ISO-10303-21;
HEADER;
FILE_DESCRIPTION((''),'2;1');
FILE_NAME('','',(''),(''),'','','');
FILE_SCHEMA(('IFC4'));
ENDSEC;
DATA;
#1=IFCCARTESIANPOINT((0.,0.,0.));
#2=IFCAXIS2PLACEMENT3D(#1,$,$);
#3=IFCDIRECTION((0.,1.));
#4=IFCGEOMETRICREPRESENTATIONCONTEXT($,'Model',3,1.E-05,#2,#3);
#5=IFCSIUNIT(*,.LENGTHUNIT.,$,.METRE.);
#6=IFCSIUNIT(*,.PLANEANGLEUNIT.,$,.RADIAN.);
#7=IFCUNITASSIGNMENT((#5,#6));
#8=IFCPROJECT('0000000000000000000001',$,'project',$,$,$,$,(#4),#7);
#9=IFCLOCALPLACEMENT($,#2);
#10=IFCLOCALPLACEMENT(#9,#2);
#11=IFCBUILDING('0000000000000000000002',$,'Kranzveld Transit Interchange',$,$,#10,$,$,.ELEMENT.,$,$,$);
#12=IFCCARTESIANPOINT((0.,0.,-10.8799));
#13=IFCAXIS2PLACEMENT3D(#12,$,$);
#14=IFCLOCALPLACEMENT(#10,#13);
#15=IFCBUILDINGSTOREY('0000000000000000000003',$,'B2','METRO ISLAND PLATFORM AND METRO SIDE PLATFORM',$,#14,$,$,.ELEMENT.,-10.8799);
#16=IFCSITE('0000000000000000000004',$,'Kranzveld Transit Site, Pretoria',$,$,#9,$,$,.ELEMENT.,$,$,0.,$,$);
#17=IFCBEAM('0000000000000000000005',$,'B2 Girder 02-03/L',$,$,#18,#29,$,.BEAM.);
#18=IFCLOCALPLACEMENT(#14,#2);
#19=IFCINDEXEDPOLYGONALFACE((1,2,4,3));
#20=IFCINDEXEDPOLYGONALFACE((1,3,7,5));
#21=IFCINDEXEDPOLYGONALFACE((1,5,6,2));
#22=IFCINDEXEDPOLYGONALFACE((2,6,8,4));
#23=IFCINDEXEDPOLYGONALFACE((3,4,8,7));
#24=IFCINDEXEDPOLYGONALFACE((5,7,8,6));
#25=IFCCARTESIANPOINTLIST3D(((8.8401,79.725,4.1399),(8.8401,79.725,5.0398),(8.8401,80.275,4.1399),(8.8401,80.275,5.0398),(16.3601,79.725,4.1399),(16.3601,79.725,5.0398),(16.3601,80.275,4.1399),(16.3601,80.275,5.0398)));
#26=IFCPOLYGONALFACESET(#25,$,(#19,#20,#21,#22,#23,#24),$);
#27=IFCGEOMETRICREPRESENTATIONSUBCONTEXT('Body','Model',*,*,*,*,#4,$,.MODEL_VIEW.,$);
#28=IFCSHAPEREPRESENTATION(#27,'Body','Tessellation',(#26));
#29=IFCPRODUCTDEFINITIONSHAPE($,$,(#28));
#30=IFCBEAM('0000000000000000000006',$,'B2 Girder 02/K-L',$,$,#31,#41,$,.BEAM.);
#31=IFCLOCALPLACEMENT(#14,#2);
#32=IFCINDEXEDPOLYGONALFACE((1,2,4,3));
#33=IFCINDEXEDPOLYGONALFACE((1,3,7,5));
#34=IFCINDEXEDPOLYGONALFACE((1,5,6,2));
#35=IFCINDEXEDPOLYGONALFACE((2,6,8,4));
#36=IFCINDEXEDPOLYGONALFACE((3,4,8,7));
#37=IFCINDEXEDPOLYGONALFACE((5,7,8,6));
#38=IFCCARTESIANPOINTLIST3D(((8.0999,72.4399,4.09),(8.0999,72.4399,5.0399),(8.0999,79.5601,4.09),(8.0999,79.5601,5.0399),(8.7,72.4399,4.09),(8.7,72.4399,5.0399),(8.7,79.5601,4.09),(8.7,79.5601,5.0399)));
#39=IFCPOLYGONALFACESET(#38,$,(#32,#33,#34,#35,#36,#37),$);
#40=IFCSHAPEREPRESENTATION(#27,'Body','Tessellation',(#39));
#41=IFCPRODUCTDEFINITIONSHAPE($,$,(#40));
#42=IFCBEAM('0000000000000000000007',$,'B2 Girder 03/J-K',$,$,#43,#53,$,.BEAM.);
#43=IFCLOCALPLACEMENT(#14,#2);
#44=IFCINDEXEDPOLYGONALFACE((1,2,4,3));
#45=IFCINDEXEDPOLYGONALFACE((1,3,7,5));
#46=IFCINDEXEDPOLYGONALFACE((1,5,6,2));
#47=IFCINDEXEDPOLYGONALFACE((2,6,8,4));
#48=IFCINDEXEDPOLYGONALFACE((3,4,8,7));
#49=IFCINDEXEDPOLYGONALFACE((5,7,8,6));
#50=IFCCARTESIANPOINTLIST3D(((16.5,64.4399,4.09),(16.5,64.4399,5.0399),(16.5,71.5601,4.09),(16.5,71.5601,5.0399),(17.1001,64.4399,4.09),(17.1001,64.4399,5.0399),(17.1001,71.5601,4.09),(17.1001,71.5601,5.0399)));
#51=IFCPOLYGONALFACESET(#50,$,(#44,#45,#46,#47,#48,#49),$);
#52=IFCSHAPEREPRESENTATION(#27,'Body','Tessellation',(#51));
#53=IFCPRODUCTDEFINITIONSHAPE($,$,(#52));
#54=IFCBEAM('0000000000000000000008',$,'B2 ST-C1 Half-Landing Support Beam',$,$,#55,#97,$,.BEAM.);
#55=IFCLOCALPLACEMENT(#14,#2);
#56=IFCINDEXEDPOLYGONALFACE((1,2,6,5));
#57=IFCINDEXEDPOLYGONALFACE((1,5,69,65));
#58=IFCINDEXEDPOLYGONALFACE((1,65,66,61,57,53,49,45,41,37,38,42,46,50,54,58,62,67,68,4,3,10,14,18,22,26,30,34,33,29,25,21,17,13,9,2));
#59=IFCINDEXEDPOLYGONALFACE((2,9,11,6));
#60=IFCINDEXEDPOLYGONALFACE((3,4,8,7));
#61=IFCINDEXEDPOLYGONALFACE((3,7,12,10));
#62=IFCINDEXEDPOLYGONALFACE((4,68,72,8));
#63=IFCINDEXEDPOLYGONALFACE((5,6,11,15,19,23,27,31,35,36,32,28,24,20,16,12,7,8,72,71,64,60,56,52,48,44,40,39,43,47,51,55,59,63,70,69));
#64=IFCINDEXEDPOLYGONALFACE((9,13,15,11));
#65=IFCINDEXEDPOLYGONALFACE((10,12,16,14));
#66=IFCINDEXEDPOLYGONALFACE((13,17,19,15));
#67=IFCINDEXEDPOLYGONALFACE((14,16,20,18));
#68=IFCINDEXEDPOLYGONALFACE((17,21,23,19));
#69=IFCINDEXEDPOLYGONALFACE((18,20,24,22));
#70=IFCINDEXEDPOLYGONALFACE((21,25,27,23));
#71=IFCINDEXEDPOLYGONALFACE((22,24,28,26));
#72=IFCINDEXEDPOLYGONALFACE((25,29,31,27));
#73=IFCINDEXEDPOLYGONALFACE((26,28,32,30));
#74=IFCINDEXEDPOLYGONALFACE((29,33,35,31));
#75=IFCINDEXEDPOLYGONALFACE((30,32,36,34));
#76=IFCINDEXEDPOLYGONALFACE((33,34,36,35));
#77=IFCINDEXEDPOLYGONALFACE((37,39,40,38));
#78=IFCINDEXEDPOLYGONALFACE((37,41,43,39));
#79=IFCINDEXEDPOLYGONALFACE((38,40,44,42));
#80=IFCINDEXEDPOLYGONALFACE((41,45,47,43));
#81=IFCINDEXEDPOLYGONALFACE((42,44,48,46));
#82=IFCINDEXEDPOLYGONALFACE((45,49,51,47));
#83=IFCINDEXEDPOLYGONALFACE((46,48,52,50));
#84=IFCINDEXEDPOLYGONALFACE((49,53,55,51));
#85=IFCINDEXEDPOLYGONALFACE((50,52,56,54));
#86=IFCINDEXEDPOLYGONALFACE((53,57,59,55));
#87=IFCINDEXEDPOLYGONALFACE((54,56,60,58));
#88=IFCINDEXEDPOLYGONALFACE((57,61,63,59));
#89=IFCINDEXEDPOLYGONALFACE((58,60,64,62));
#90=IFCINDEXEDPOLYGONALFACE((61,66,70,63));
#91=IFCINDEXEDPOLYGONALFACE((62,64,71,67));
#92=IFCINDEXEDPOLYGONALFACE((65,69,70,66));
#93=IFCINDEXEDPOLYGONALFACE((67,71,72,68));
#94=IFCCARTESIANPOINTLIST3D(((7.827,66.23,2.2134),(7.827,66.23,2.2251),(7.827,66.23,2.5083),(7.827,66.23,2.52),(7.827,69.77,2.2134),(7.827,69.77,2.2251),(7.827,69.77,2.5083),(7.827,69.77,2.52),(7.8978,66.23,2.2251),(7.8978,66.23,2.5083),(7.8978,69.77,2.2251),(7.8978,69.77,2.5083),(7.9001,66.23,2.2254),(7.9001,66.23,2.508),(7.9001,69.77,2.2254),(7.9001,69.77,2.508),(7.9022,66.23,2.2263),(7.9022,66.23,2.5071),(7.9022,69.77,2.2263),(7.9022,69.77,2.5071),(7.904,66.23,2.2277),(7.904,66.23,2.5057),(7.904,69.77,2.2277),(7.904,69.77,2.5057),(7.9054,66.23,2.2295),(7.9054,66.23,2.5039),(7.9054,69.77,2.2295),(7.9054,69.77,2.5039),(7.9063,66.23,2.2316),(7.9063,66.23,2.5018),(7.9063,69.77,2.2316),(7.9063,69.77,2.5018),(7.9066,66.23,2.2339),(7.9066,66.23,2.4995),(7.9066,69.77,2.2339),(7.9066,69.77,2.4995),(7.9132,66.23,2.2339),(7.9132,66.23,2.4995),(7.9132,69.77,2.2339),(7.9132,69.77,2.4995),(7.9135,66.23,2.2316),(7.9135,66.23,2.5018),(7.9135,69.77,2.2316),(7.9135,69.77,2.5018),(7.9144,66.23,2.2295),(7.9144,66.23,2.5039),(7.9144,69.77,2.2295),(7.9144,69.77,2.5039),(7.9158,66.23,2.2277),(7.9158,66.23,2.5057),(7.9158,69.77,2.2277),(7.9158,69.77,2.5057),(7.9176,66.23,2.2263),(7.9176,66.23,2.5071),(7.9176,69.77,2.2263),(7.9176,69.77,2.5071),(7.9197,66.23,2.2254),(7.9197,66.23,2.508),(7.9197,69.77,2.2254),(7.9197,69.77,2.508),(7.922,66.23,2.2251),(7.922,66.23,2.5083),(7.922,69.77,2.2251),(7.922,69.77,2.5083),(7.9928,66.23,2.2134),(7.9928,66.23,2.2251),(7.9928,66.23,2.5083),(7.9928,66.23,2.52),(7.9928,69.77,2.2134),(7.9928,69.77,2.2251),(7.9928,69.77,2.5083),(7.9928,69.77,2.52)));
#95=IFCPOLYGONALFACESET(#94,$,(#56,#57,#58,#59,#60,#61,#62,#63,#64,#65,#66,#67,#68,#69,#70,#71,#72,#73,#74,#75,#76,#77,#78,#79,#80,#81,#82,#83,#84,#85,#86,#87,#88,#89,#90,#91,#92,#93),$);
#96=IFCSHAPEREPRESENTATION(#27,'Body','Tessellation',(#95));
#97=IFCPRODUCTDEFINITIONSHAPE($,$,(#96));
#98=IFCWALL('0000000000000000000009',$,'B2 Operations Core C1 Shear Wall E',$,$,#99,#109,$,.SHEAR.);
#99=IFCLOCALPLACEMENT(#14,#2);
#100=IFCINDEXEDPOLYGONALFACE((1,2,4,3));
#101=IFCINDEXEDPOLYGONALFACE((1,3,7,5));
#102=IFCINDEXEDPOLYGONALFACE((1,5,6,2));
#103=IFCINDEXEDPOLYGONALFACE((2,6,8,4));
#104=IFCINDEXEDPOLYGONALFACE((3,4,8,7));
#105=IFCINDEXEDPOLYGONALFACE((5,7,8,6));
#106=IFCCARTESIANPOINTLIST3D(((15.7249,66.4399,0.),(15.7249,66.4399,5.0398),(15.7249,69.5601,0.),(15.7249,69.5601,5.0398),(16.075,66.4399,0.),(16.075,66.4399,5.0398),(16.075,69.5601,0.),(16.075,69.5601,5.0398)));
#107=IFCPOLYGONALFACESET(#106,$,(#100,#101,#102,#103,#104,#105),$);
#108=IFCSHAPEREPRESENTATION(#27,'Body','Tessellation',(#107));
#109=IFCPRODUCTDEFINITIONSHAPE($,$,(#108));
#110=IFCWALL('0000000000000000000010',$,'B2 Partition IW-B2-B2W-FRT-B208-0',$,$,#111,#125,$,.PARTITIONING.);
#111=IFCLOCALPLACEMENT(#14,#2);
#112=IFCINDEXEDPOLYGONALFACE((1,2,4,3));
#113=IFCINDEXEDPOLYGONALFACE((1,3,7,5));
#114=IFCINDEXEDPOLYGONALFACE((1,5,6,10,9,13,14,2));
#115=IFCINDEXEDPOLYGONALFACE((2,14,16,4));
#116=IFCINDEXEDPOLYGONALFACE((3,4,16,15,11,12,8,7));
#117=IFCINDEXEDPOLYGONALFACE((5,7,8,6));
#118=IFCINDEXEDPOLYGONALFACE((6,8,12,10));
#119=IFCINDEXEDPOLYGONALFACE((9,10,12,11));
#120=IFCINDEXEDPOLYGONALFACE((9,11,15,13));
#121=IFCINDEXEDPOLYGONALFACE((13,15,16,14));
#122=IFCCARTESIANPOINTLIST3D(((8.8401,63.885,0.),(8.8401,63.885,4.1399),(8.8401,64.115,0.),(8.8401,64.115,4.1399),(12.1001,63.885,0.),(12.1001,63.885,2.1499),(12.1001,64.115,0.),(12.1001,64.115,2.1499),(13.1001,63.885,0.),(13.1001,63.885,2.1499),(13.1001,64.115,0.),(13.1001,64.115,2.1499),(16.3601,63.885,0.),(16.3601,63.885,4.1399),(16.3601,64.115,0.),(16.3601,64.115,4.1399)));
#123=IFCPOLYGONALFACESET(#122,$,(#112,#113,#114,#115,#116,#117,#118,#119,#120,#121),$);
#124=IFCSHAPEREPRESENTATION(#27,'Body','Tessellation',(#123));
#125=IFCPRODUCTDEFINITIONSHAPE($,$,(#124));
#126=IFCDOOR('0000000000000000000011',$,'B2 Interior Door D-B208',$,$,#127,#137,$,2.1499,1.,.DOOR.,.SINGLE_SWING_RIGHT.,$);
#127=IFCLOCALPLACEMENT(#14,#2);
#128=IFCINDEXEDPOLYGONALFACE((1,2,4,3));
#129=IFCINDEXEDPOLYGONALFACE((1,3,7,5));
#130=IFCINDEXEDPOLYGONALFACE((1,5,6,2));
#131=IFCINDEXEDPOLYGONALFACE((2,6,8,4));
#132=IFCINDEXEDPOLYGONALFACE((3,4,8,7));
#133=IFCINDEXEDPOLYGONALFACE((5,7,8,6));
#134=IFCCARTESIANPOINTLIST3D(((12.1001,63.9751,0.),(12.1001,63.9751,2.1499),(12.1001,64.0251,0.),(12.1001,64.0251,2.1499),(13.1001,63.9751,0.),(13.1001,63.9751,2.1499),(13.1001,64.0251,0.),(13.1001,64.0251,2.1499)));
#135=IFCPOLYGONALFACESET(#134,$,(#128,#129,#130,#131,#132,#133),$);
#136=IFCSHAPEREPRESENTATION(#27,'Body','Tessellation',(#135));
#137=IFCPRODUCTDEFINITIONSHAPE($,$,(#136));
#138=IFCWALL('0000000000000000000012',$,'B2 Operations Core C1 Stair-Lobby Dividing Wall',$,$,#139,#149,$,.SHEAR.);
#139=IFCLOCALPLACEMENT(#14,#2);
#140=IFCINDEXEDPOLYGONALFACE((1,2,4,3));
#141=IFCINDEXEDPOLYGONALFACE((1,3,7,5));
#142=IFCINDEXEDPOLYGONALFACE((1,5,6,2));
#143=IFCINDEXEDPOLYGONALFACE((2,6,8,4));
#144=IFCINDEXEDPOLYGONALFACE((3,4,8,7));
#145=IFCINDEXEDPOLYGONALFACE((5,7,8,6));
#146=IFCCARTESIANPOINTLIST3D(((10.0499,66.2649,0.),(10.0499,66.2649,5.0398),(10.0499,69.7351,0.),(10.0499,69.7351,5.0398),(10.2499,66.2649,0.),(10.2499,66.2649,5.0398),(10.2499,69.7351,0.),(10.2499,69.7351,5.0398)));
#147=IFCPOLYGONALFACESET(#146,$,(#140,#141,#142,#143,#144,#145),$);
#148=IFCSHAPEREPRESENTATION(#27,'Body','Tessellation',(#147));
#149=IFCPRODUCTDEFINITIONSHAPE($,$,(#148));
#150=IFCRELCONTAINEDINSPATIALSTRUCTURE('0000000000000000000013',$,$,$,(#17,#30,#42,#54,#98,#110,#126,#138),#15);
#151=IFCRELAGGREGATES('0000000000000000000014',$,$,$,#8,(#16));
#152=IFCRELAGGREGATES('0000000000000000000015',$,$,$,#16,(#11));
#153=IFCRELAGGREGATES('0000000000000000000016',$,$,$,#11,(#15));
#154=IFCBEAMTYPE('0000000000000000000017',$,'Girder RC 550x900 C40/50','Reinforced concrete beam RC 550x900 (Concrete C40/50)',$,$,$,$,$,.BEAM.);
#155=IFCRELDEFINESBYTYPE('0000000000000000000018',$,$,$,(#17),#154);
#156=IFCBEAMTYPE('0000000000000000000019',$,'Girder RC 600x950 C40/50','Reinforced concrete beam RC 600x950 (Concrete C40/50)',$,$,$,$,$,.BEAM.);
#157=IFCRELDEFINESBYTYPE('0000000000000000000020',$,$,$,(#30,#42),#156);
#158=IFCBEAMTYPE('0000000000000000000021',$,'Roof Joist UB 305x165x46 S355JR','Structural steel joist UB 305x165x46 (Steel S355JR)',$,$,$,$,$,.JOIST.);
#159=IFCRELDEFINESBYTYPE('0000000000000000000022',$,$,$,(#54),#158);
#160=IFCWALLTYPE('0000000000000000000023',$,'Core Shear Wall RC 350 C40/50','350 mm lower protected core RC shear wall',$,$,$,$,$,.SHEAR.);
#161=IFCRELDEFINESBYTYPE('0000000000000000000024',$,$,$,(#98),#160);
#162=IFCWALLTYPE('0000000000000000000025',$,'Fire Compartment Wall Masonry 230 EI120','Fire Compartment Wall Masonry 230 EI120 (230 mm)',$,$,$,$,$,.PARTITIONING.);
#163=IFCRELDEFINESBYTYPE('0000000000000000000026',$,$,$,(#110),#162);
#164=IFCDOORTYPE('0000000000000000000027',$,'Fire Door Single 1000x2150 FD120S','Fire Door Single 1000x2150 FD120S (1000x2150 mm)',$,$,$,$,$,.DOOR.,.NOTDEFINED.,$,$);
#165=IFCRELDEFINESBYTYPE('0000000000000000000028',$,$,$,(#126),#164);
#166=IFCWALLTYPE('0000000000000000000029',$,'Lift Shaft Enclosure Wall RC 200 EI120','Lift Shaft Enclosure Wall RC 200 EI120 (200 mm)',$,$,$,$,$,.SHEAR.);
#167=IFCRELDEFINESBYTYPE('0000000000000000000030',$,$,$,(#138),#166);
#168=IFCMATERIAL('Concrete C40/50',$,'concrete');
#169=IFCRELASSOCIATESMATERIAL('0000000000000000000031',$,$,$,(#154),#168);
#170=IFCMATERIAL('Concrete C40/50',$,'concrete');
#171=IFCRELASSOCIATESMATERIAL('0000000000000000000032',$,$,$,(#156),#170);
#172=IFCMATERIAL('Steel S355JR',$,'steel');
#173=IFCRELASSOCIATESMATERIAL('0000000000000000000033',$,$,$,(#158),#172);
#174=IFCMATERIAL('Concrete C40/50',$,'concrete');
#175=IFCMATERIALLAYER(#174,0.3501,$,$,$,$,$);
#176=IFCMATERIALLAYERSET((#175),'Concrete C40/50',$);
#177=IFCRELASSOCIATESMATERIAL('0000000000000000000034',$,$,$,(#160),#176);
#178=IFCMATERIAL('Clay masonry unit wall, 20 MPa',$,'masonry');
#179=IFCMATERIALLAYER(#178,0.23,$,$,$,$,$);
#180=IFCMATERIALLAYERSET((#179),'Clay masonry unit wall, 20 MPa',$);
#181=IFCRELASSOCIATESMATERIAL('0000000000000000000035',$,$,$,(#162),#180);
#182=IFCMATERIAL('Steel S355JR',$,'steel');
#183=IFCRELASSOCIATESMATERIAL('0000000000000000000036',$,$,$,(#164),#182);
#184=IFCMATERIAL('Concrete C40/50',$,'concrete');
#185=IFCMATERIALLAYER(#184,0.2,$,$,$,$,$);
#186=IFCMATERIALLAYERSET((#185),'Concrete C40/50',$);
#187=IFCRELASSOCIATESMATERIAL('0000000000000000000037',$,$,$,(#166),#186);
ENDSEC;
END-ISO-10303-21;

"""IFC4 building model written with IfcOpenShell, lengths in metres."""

from ifc_helpers import new_model, si_unit, direction, frame, frame_2d, origin, origin_2d, place, context, subcontext, project, spatial, rectangle, i_section, extrude, material, layer, layer_set, material_profile, profile_set, type_object, element, fill, save


model = new_model("IFC4")

# Units and contexts
model_context = context("Model", 3, precision=1e-05, world=origin(), true_north=direction((0.0, 1.0)))
body_context = subcontext(model_context, "Body", "Model", "MODEL_VIEW")
ifc_project = project(units=[si_unit("LENGTHUNIT", "METRE"), si_unit("PLANEANGLEUNIT", "RADIAN")], contexts=[model_context])

# Site, building, storey
site_placement = place(None, origin())
site = spatial("IfcSite", under=ifc_project, at=site_placement, Name="Kranzveld Transit Site, Pretoria", CompositionType="ELEMENT", RefElevation=0.0)
building_placement = place(site_placement, origin())
building = spatial("IfcBuilding", under=site, at=building_placement, Name="Kranzveld Transit Interchange", CompositionType="ELEMENT")
storey_placement = place(building_placement, frame((0.0, 0.0, -10.8799)))
storey = spatial("IfcBuildingStorey", under=building, at=storey_placement, Name="B2", Description="METRO ISLAND PLATFORM AND METRO SIDE PLATFORM", CompositionType="ELEMENT", Elevation=-10.8799)

# Beams
ifc_material_1 = material(Name="Concrete C40/50", Category="concrete")
ifc_material_profile_1 = material_profile(ifc_material_1, rectangle(XDim=0.55, YDim=0.8999, at=origin_2d()), Name="RC 550x900")
ifc_profile_set_1 = profile_set([ifc_material_profile_1], Name="Concrete C40/50")
beam_type_1 = type_object("IfcBeamType", Name="Girder RC 550x900 C40/50", Description="Reinforced concrete beam RC 550x900 (Concrete C40/50)", PredefinedType="BEAM", material=ifc_profile_set_1)
for number, where, z_axis, x_axis, name in (
    (1, (8.8401, 80.0, 4.5898), (1.0, 0.0, 0.0), (0.0, 1.0, 0.0), "B2 Girder 02-03/L"),
):
    element("IfcBeam", number, at=place(storey_placement, frame(where, z_axis=z_axis, x_axis=x_axis)), inside=storey, type_object=beam_type_1, Name=name, PredefinedType="BEAM", context=body_context, shape_type="SweptSolid", body=[
        extrude(rectangle(XDim=0.55, YDim=0.8999, at=origin_2d()), origin(), (0.0, 0.0, 1.0), 7.52),
    ])
ifc_material_2 = material(Name="Concrete C40/50", Category="concrete")
ifc_material_profile_2 = material_profile(ifc_material_2, rectangle(XDim=0.6001, YDim=0.95, at=origin_2d()), Name="RC 600x950")
ifc_profile_set_2 = profile_set([ifc_material_profile_2], Name="Concrete C40/50")
beam_type_2 = type_object("IfcBeamType", Name="Girder RC 600x950 C40/50", Description="Reinforced concrete beam RC 600x950 (Concrete C40/50)", PredefinedType="BEAM", material=ifc_profile_set_2)
for number, where, z_axis, x_axis, name in (
    (2, (8.3999, 72.4399, 4.5649), (0.0, 1.0, 0.0), (-1.0, 0.0, 0.0), "B2 Girder 02/K-L"),
    (3, (16.8, 64.4399, 4.5649), (0.0, 1.0, 0.0), (-1.0, 0.0, 0.0), "B2 Girder 03/J-K"),
):
    element("IfcBeam", number, at=place(storey_placement, frame(where, z_axis=z_axis, x_axis=x_axis)), inside=storey, type_object=beam_type_2, Name=name, PredefinedType="BEAM", context=body_context, shape_type="SweptSolid", body=[
        extrude(rectangle(XDim=0.6001, YDim=0.95, at=origin_2d()), origin(), (0.0, 0.0, 1.0), 7.1201),
    ])
ifc_material_3 = material(Name="Steel S355JR", Category="steel")
ifc_material_profile_3 = material_profile(ifc_material_3, i_section(OverallWidth=0.1658, OverallDepth=0.3066, WebThickness=0.0066, FlangeThickness=0.0117, FilletRadius=0.0088, at=origin_2d()), Name="UB 305x165x46")
ifc_profile_set_3 = profile_set([ifc_material_profile_3], Name="Steel S355JR")
beam_type_3 = type_object("IfcBeamType", Name="Roof Joist UB 305x165x46 S355JR", Description="Structural steel joist UB 305x165x46 (Steel S355JR)", PredefinedType="JOIST", material=ifc_profile_set_3)
beam_placement = place(storey_placement, frame((7.9099, 66.23, 2.3667), z_axis=(0.0, 1.0, 0.0), x_axis=(-1.0, 0.0, 0.0)))
element("IfcBeam", 4, at=beam_placement, inside=storey, type_object=beam_type_3, Name="B2 ST-C1 Half-Landing Support Beam", PredefinedType="BEAM", context=body_context, shape_type="SweptSolid", body=[
    extrude(i_section(OverallWidth=0.1658, OverallDepth=0.3066, WebThickness=0.0066, FlangeThickness=0.0117, FilletRadius=0.0088, at=origin_2d()), origin(), (0.0, 0.0, 1.0), 3.54),
])

# Wall
ifc_material_4 = material(Name="Concrete C40/50", Category="concrete")
ifc_layer_1 = layer(ifc_material_4, 0.3501)
ifc_layer_set_1 = layer_set([ifc_layer_1], Name="Concrete C40/50")
wall_type_1 = type_object("IfcWallType", Name="Core Shear Wall RC 350 C40/50", Description="350 mm lower protected core RC shear wall", PredefinedType="SHEAR", material=ifc_layer_set_1)
wall_1_placement = place(storey_placement, frame((15.8999, 66.4399, 0.0), z_axis=(0.0, 0.0, 1.0), x_axis=(0.0, 1.0, 0.0)))
element("IfcWall", 5, at=wall_1_placement, inside=storey, type_object=wall_type_1, Name="B2 Operations Core C1 Shear Wall E", PredefinedType="SHEAR", context=body_context, shape_type="SweptSolid", body=[
    extrude(rectangle(XDim=3.1201, YDim=0.3501, at=frame_2d((1.5601, 0.0))), origin(), (0.0, 0.0, 1.0), 5.0398),
])

# Wall, opening, door
ifc_material_5 = material(Name="Clay masonry unit wall, 20 MPa", Category="masonry")
ifc_layer_2 = layer(ifc_material_5, 0.23)
ifc_layer_set_2 = layer_set([ifc_layer_2], Name="Clay masonry unit wall, 20 MPa")
wall_type_2 = type_object("IfcWallType", Name="Fire Compartment Wall Masonry 230 EI120", Description="Fire Compartment Wall Masonry 230 EI120 (230 mm)", PredefinedType="PARTITIONING", material=ifc_layer_set_2)
wall_2_placement = place(storey_placement, frame((8.8401, 64.0, 0.0), z_axis=(0.0, 0.0, 1.0), x_axis=(1.0, 0.0, 0.0)))
wall_2 = element("IfcWall", 6, at=wall_2_placement, inside=storey, type_object=wall_type_2, Name="B2 Partition IW-B2-B2W-FRT-B208-0", PredefinedType="PARTITIONING", context=body_context, shape_type="SweptSolid", body=[
    extrude(rectangle(XDim=7.52, YDim=0.23, at=frame_2d((3.76, 0.0))), origin(), (0.0, 0.0, 1.0), 4.1399),
])
opening_1_placement = place(wall_2_placement, frame((4.26, 0.0, 0.0), z_axis=(0.0, 0.0, 1.0), x_axis=(-1.0, 0.0, 0.0)))
opening_1 = element("IfcOpeningElement", 7, at=opening_1_placement, cuts=wall_2, PredefinedType="OPENING", context=body_context, shape_type="SweptSolid", body=[
    extrude(rectangle(XDim=1.0, YDim=2.1499, at=frame_2d((0.5, 1.075))), frame((0.0, 0.125, 0.0), z_axis=(0.0, -1.0, 0.0), x_axis=(1.0, 0.0, 0.0)), (0.0, 0.0, 1.0), 0.25),
])
ifc_material_6 = material(Name="Steel S355JR", Category="steel")
door_type_1 = type_object("IfcDoorType", Name="Fire Door Single 1000x2150 FD120S", Description="Fire Door Single 1000x2150 FD120S (1000x2150 mm)", OperationType="NOTDEFINED", PredefinedType="DOOR", material=ifc_material_6)
door_1_placement = place(opening_1_placement, origin())
door_1 = element("IfcDoor", 8, at=door_1_placement, inside=storey, type_object=door_type_1, Name="B2 Interior Door D-B208", OperationType="SINGLE_SWING_RIGHT", OverallHeight=2.1499, OverallWidth=1.0, PredefinedType="DOOR", context=body_context, shape_type="SweptSolid", body=[
    extrude(rectangle(XDim=1.0, YDim=2.1499, at=frame_2d((0.5, 1.075))), frame((0.0, 0.0249, 0.0), z_axis=(0.0, -1.0, 0.0), x_axis=(1.0, 0.0, 0.0)), (0.0, 0.0, 1.0), 0.05),
])
fill(opening_1, door_1)

# Wall
ifc_material_7 = material(Name="Concrete C40/50", Category="concrete")
ifc_layer_3 = layer(ifc_material_7, 0.2)
ifc_layer_set_3 = layer_set([ifc_layer_3], Name="Concrete C40/50")
wall_type_3 = type_object("IfcWallType", Name="Lift Shaft Enclosure Wall RC 200 EI120", Description="Lift Shaft Enclosure Wall RC 200 EI120 (200 mm)", PredefinedType="SHEAR", material=ifc_layer_set_3)
wall_3_placement = place(storey_placement, frame((10.1499, 66.2649, 0.0), z_axis=(0.0, 0.0, 1.0), x_axis=(0.0, 1.0, 0.0)))
element("IfcWall", 9, at=wall_3_placement, inside=storey, type_object=wall_type_3, Name="B2 Operations Core C1 Stair-Lobby Dividing Wall", PredefinedType="SHEAR", context=body_context, shape_type="SweptSolid", body=[
    extrude(rectangle(XDim=3.4702, YDim=0.2, at=frame_2d((1.7351, 0.0))), origin(), (0.0, 0.0, 1.0), 5.0398),
])

save(model, "model.ifc")
